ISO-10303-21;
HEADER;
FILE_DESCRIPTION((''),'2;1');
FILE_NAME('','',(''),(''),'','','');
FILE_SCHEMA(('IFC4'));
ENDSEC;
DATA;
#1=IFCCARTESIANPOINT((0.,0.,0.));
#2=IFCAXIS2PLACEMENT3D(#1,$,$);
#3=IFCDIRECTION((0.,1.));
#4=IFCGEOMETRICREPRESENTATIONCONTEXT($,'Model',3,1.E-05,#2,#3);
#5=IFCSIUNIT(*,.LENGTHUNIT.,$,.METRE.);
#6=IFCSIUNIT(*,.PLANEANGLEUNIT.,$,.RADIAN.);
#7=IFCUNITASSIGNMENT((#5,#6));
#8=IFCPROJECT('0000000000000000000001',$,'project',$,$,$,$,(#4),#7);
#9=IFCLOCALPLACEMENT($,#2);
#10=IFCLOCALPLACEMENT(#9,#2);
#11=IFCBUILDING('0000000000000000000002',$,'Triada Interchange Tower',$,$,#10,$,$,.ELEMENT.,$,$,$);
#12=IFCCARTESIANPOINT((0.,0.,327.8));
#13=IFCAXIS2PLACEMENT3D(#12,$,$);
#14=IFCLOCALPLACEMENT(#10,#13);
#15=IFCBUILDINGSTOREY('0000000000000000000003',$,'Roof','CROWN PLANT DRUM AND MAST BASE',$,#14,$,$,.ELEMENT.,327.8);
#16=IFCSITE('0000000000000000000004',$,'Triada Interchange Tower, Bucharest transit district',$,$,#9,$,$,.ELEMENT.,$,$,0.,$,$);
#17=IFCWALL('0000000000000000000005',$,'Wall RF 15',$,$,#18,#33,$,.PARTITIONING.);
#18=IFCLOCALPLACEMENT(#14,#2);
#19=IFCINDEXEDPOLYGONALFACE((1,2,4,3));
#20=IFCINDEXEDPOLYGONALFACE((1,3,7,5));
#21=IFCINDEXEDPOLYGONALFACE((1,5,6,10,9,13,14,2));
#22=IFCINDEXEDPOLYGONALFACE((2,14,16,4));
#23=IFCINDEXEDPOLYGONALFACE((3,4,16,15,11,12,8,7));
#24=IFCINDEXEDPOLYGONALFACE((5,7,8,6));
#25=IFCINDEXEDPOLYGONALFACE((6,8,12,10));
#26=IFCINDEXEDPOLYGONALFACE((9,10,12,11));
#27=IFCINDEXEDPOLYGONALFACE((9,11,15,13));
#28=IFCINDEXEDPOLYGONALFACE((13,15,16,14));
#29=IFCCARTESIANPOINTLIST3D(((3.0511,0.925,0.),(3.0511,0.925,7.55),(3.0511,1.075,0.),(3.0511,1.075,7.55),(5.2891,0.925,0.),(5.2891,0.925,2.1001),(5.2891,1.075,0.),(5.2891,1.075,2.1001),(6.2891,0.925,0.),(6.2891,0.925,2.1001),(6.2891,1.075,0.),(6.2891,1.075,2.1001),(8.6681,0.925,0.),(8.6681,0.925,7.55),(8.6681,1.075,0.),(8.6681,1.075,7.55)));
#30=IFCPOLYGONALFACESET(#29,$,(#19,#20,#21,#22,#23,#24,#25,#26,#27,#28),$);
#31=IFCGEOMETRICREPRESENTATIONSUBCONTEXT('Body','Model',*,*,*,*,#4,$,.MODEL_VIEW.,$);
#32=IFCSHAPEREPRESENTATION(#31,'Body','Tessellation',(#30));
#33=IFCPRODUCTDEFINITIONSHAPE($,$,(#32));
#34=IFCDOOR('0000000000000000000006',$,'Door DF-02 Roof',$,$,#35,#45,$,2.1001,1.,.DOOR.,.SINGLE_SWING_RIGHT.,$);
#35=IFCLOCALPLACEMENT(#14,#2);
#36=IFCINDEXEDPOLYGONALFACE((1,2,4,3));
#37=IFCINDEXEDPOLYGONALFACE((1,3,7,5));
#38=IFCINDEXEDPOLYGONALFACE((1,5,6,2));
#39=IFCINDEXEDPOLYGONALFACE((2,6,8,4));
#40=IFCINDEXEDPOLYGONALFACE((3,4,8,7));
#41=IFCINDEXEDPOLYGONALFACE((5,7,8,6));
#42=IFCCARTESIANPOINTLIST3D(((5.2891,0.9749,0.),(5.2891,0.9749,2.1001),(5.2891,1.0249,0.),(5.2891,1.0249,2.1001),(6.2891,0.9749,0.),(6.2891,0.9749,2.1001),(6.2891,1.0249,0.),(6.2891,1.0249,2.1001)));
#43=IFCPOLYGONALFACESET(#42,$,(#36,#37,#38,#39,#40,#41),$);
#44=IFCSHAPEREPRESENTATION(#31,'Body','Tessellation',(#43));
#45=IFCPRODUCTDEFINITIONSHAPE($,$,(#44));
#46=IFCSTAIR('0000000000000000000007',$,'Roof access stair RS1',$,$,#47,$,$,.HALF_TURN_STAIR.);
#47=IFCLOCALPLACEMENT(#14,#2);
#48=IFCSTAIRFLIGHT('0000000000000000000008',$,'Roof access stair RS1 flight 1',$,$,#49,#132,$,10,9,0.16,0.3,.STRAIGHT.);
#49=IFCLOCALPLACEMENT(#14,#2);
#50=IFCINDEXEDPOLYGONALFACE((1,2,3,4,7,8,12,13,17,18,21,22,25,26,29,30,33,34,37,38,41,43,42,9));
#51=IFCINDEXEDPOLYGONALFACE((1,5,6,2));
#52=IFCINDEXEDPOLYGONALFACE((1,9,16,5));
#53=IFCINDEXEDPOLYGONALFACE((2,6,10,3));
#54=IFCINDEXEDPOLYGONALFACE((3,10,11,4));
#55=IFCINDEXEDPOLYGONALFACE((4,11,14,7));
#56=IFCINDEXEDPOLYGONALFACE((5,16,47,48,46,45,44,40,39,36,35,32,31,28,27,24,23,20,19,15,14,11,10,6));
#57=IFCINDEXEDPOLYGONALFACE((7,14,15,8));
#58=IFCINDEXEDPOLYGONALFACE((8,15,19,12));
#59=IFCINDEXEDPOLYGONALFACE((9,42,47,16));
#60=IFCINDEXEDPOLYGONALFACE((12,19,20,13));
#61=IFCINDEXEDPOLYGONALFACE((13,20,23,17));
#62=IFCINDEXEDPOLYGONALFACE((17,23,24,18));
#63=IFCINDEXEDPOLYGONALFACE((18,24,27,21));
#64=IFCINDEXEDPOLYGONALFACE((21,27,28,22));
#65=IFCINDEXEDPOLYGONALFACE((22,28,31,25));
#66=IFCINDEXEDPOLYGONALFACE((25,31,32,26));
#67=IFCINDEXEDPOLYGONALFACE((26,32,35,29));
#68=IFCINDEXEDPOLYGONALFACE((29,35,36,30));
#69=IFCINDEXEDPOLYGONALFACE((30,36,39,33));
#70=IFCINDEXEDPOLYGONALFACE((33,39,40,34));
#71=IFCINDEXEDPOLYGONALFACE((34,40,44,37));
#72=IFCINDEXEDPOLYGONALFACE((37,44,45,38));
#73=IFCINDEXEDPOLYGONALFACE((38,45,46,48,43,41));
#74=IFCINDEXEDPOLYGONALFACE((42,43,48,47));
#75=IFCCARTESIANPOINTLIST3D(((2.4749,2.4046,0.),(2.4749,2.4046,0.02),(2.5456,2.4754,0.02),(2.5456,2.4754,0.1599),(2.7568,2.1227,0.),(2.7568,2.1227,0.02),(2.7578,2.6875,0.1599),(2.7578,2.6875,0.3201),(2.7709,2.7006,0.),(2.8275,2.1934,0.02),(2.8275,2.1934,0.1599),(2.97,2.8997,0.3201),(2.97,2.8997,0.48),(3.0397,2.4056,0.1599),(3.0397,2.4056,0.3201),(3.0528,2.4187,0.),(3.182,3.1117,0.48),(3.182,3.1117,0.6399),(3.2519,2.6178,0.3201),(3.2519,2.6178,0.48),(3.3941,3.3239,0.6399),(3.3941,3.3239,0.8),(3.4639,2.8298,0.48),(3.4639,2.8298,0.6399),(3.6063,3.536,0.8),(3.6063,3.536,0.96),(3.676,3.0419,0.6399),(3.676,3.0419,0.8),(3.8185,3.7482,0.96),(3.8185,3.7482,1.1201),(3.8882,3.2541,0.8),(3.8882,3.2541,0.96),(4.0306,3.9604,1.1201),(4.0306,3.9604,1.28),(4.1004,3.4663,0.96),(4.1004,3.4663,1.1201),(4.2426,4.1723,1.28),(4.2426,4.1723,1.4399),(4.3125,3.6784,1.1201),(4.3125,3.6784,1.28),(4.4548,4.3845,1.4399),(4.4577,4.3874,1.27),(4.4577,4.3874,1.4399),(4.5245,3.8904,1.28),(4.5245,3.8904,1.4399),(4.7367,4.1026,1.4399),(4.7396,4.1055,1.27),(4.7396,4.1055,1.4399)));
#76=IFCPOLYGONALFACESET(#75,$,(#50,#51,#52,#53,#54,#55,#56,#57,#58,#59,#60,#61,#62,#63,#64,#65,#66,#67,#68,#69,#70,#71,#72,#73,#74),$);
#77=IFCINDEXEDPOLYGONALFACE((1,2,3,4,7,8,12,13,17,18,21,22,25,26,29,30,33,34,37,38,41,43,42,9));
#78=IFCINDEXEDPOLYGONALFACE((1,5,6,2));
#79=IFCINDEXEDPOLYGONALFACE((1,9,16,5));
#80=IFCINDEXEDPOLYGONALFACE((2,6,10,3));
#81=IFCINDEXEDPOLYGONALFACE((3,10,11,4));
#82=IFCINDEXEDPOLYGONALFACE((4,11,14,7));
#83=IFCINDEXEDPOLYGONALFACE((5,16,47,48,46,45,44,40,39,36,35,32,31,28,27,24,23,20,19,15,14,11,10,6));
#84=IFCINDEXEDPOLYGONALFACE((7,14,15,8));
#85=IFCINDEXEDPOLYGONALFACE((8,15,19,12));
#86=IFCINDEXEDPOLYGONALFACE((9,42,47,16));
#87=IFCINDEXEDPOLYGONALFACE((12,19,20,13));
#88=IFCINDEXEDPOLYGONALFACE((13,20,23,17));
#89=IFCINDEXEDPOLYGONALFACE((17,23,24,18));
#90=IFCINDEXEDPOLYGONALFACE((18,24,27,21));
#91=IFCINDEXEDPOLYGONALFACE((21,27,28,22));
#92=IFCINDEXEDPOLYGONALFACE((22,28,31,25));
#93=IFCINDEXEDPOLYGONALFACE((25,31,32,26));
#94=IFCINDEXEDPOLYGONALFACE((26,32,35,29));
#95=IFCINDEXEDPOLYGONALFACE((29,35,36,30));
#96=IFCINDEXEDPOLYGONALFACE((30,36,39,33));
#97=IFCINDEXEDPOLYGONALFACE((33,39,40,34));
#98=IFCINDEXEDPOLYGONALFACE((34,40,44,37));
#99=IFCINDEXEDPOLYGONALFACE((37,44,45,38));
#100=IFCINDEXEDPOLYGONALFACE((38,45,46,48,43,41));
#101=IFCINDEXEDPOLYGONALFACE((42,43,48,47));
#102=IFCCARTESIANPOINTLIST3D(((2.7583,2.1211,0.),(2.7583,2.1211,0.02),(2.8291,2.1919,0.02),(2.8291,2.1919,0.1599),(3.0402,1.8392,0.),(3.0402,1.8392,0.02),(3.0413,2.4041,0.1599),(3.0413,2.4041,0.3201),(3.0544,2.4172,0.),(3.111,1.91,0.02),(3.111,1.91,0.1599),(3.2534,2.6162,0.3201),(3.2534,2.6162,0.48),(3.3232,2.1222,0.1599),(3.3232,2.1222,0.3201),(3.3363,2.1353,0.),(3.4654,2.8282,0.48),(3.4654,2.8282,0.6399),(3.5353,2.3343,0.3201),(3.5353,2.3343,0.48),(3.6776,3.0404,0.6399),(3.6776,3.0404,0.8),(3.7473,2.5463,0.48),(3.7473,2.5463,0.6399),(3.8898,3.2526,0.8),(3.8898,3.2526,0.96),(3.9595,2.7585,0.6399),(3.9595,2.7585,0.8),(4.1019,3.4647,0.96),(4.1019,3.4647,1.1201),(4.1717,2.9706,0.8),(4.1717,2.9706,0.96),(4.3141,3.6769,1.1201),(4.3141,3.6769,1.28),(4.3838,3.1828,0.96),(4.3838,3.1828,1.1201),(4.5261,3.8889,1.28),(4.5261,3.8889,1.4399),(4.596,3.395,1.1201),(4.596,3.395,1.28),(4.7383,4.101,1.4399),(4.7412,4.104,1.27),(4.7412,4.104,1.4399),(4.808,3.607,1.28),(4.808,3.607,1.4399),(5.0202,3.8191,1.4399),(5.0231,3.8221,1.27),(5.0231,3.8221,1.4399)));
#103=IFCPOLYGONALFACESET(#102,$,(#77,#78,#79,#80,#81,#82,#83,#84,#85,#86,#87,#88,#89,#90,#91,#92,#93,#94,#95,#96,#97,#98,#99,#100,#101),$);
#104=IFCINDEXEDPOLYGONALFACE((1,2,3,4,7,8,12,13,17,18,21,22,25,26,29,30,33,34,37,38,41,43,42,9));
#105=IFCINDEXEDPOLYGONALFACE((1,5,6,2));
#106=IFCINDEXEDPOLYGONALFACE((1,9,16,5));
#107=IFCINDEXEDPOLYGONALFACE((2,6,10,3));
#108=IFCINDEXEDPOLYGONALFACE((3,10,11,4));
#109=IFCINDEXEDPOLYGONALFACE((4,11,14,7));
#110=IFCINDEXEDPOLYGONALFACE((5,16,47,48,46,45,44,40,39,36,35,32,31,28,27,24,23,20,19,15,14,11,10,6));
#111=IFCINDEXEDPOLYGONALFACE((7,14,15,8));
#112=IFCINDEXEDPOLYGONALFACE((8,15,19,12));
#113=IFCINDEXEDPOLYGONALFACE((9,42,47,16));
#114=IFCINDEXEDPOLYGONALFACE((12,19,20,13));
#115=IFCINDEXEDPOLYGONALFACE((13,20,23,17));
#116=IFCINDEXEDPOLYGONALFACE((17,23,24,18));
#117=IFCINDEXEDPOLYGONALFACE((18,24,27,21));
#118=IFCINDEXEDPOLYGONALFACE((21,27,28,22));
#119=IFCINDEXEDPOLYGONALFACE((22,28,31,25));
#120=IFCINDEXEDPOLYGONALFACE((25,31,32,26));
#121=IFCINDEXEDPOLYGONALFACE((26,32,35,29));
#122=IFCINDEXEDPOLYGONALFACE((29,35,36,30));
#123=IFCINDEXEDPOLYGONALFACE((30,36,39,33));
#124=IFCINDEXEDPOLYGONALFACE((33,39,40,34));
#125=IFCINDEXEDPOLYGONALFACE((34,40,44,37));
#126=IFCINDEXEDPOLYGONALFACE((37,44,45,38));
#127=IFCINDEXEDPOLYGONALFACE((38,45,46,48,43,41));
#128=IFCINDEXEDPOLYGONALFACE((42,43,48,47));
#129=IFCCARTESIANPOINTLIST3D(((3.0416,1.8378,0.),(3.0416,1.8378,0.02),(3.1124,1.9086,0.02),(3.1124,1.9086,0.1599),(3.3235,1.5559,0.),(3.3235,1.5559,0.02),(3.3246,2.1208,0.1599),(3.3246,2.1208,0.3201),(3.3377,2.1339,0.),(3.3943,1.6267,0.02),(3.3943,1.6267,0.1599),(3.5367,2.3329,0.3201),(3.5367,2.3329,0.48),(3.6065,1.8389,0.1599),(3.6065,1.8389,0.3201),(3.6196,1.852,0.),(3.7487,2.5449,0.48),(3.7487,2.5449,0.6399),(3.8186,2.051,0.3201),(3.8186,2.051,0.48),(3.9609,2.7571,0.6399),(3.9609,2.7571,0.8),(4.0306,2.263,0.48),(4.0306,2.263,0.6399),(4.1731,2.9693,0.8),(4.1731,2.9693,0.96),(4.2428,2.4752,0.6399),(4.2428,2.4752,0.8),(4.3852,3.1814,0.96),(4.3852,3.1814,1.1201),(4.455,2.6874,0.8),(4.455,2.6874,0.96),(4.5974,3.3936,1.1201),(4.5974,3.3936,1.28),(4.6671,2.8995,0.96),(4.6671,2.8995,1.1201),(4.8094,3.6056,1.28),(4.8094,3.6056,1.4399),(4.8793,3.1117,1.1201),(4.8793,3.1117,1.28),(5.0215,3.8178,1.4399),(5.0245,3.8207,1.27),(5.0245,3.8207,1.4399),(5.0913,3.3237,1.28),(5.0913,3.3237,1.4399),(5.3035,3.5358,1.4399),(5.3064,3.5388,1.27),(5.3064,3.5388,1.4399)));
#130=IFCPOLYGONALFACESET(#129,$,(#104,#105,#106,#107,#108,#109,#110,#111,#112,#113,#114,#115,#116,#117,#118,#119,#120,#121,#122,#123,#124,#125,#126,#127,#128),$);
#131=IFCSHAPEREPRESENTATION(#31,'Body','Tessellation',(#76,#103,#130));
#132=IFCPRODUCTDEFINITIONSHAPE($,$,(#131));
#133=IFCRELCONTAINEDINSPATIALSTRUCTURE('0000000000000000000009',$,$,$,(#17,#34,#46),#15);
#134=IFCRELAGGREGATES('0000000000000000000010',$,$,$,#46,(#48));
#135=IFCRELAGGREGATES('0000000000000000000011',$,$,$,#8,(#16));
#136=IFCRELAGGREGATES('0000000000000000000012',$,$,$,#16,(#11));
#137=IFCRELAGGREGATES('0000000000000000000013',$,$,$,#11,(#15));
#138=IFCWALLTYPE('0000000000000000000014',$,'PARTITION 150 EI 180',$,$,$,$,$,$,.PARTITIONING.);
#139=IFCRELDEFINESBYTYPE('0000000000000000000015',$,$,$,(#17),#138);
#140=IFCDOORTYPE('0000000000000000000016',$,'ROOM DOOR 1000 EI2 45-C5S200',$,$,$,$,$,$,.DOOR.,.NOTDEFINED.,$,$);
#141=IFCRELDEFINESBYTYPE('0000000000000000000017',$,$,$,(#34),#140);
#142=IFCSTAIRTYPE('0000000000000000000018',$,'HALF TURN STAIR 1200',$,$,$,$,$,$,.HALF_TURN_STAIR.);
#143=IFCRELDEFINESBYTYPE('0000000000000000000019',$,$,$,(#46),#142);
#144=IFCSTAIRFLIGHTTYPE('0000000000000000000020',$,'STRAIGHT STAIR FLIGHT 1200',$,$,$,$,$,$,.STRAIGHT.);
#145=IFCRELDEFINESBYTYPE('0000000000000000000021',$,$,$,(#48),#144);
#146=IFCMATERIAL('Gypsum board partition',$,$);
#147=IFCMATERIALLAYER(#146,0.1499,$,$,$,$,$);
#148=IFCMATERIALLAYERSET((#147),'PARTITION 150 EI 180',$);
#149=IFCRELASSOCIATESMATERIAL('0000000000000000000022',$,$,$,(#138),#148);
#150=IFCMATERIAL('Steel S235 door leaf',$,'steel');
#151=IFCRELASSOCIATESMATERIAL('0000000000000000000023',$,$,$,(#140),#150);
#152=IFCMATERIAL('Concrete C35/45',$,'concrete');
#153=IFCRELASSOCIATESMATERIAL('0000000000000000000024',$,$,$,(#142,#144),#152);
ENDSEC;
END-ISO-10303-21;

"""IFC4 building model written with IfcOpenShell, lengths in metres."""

from ifc_helpers import new_model, si_unit, direction, frame, frame_2d, origin, place, context, subcontext, project, spatial, polyline, rectangle, outline, extrude, material, layer, layer_set, type_object, element, fill, aggregate, save


model = new_model("IFC4")

# Units and contexts
model_context = context("Model", 3, precision=1e-05, world=origin(), true_north=direction((0.0, 1.0)))
body_context = subcontext(model_context, "Body", "Model", "MODEL_VIEW")
ifc_project = project(units=[si_unit("LENGTHUNIT", "METRE"), si_unit("PLANEANGLEUNIT", "RADIAN")], contexts=[model_context])

# Site, building, storey
site_placement = place(None, origin())
site = spatial("IfcSite", under=ifc_project, at=site_placement, Name="Triada Interchange Tower, Bucharest transit district", CompositionType="ELEMENT", RefElevation=0.0)
building_placement = place(site_placement, origin())
building = spatial("IfcBuilding", under=site, at=building_placement, Name="Triada Interchange Tower", CompositionType="ELEMENT")
storey_placement = place(building_placement, frame((0.0, 0.0, 327.8)))
storey = spatial("IfcBuildingStorey", under=building, at=storey_placement, Name="Roof", Description="CROWN PLANT DRUM AND MAST BASE", CompositionType="ELEMENT", Elevation=327.8)

# Shared definitions
ifc_material_1 = material(Name="Steel S235 door leaf", Category="steel")

# Shared definitions
ifc_material_2 = material(Name="Gypsum board partition")
ifc_layer_1 = layer(ifc_material_2, 0.1499)
ifc_layer_set_1 = layer_set([ifc_layer_1], Name="PARTITION 150 EI 180")
wall_type_1 = type_object("IfcWallType", Name="PARTITION 150 EI 180", PredefinedType="PARTITIONING", material=ifc_layer_set_1)

# Wall, opening, door
wall_1_placement = place(storey_placement, frame((3.051, 1.0, 0.0), z_axis=(0.0, 0.0, 1.0), x_axis=(1.0, 0.0, 0.0)))
wall_1 = element("IfcWall", 1, at=wall_1_placement, inside=storey, type_object=wall_type_1, Name="Wall RF 15", PredefinedType="PARTITIONING", context=body_context, shape_type="SweptSolid", body=[
    extrude(rectangle(XDim=5.6169, YDim=0.1499, at=frame_2d((2.8086, 0.0))), origin(), (0.0, 0.0, 1.0), 7.55),
])
opening_1_placement = place(wall_1_placement, frame((2.238, 0.0, 0.0)))
opening_1 = element("IfcOpeningElement", 2, at=opening_1_placement, cuts=wall_1, PredefinedType="OPENING", context=body_context, shape_type="SweptSolid", body=[
    extrude(rectangle(XDim=1.0, YDim=2.1001, at=frame_2d((0.5, 1.05))), frame((0.0, 0.085, 0.0), z_axis=(0.0, -1.0, 0.0), x_axis=(1.0, 0.0, 0.0)), (0.0, 0.0, 1.0), 0.1699),
])
door_type_1 = type_object("IfcDoorType", Name="ROOM DOOR 1000 EI2 45-C5S200", OperationType="NOTDEFINED", PredefinedType="DOOR", material=ifc_material_1)
door_1_placement = place(opening_1_placement, origin())
door_1 = element("IfcDoor", 3, at=door_1_placement, inside=storey, type_object=door_type_1, Name="Door DF-02 Roof", OperationType="SINGLE_SWING_RIGHT", OverallHeight=2.1001, OverallWidth=1.0, PredefinedType="DOOR", context=body_context, shape_type="SweptSolid", body=[
    extrude(rectangle(XDim=1.0, YDim=2.1001, at=frame_2d((0.5, 1.05))), frame((0.0, 0.0249, 0.0), z_axis=(0.0, -1.0, 0.0), x_axis=(1.0, 0.0, 0.0)), (0.0, 0.0, 1.0), 0.05),
])
fill(opening_1, door_1)

# Stair, stair flight
ifc_material_3 = material(Name="Concrete C35/45", Category="concrete")
stair_type = type_object("IfcStairType", Name="HALF TURN STAIR 1200", PredefinedType="HALF_TURN_STAIR", material=ifc_material_3)
stair_placement = place(storey_placement, origin())
stair = element("IfcStair", 4, at=stair_placement, inside=storey, type_object=stair_type, Name="Roof access stair RS1", PredefinedType="HALF_TURN_STAIR")
stair_flight_type = type_object("IfcStairFlightType", Name="STRAIGHT STAIR FLIGHT 1200", PredefinedType="STRAIGHT", material=ifc_material_3)
stair_flight_1_placement = place(storey_placement, frame((2.97, 2.051, 0.0), z_axis=(0.0, 0.0, 1.0), x_axis=(0.707107, 0.707107, 0.0)))
stair_flight_1 = element("IfcStairFlight", 5, at=stair_flight_1_placement, type_object=stair_flight_type, Name="Roof access stair RS1 flight 1", NumberOfRisers=10, NumberOfTreads=9, PredefinedType="STRAIGHT", RiserHeight=0.16, TreadLength=0.3, context=body_context, shape_type="SweptSolid", body=[
    extrude(outline(polyline([(-0.1001, 0.0), (-0.1001, 0.02), (0.0, 0.02), (0.0, 0.1599), (0.3, 0.1599), (0.3, 0.3201), (0.6001, 0.3201), (0.6001, 0.48), (0.8999, 0.48), (0.8999, 0.6399), (1.2, 0.6399), (1.2, 0.8), (1.5, 0.8), (1.5, 0.96), (1.8, 0.96), (1.8, 1.1201), (2.1001, 1.1201), (2.1001, 1.28), (2.3999, 1.28), (2.3999, 1.4399), (2.7, 1.4399), (2.7041, 1.4399), (2.7041, 1.6001), (2.7041, 1.27), (0.3186, 0.0), (-0.1001, 0.0)])), frame((0.0, 0.6001, 0.0), z_axis=(0.0, -1.0, 0.0), x_axis=(1.0, 0.0, 0.0)), (0.0, 0.0, 1.0), 0.3987),
    extrude(outline(polyline([(-0.1001, 0.0), (-0.1001, 0.02), (0.0, 0.02), (0.0, 0.1599), (0.3, 0.1599), (0.3, 0.3201), (0.6001, 0.3201), (0.6001, 0.48), (0.8999, 0.48), (0.8999, 0.6399), (1.2, 0.6399), (1.2, 0.8), (1.5, 0.8), (1.5, 0.96), (1.8, 0.96), (1.8, 1.1201), (2.1001, 1.1201), (2.1001, 1.28), (2.3999, 1.28), (2.3999, 1.4399), (2.7, 1.4399), (2.7041, 1.4399), (2.7041, 1.6001), (2.7041, 1.27), (0.3186, 0.0), (-0.1001, 0.0)])), frame((0.0, 0.1992, 0.0), z_axis=(0.0, -1.0, 0.0), x_axis=(1.0, 0.0, 0.0)), (0.0, 0.0, 1.0), 0.3987),
    extrude(outline(polyline([(-0.1001, 0.0), (-0.1001, 0.02), (0.0, 0.02), (0.0, 0.1599), (0.3, 0.1599), (0.3, 0.3201), (0.6001, 0.3201), (0.6001, 0.48), (0.8999, 0.48), (0.8999, 0.6399), (1.2, 0.6399), (1.2, 0.8), (1.5, 0.8), (1.5, 0.96), (1.8, 0.96), (1.8, 1.1201), (2.1001, 1.1201), (2.1001, 1.28), (2.3999, 1.28), (2.3999, 1.4399), (2.7, 1.4399), (2.7041, 1.4399), (2.7041, 1.6001), (2.7041, 1.27), (0.3186, 0.0), (-0.1001, 0.0)])), frame((0.0, -0.2014, 0.0), z_axis=(0.0, -1.0, 0.0), x_axis=(1.0, 0.0, 0.0)), (0.0, 0.0, 1.0), 0.3987),
])

aggregate(stair, [stair_flight_1])

save(model, "model.ifc")
